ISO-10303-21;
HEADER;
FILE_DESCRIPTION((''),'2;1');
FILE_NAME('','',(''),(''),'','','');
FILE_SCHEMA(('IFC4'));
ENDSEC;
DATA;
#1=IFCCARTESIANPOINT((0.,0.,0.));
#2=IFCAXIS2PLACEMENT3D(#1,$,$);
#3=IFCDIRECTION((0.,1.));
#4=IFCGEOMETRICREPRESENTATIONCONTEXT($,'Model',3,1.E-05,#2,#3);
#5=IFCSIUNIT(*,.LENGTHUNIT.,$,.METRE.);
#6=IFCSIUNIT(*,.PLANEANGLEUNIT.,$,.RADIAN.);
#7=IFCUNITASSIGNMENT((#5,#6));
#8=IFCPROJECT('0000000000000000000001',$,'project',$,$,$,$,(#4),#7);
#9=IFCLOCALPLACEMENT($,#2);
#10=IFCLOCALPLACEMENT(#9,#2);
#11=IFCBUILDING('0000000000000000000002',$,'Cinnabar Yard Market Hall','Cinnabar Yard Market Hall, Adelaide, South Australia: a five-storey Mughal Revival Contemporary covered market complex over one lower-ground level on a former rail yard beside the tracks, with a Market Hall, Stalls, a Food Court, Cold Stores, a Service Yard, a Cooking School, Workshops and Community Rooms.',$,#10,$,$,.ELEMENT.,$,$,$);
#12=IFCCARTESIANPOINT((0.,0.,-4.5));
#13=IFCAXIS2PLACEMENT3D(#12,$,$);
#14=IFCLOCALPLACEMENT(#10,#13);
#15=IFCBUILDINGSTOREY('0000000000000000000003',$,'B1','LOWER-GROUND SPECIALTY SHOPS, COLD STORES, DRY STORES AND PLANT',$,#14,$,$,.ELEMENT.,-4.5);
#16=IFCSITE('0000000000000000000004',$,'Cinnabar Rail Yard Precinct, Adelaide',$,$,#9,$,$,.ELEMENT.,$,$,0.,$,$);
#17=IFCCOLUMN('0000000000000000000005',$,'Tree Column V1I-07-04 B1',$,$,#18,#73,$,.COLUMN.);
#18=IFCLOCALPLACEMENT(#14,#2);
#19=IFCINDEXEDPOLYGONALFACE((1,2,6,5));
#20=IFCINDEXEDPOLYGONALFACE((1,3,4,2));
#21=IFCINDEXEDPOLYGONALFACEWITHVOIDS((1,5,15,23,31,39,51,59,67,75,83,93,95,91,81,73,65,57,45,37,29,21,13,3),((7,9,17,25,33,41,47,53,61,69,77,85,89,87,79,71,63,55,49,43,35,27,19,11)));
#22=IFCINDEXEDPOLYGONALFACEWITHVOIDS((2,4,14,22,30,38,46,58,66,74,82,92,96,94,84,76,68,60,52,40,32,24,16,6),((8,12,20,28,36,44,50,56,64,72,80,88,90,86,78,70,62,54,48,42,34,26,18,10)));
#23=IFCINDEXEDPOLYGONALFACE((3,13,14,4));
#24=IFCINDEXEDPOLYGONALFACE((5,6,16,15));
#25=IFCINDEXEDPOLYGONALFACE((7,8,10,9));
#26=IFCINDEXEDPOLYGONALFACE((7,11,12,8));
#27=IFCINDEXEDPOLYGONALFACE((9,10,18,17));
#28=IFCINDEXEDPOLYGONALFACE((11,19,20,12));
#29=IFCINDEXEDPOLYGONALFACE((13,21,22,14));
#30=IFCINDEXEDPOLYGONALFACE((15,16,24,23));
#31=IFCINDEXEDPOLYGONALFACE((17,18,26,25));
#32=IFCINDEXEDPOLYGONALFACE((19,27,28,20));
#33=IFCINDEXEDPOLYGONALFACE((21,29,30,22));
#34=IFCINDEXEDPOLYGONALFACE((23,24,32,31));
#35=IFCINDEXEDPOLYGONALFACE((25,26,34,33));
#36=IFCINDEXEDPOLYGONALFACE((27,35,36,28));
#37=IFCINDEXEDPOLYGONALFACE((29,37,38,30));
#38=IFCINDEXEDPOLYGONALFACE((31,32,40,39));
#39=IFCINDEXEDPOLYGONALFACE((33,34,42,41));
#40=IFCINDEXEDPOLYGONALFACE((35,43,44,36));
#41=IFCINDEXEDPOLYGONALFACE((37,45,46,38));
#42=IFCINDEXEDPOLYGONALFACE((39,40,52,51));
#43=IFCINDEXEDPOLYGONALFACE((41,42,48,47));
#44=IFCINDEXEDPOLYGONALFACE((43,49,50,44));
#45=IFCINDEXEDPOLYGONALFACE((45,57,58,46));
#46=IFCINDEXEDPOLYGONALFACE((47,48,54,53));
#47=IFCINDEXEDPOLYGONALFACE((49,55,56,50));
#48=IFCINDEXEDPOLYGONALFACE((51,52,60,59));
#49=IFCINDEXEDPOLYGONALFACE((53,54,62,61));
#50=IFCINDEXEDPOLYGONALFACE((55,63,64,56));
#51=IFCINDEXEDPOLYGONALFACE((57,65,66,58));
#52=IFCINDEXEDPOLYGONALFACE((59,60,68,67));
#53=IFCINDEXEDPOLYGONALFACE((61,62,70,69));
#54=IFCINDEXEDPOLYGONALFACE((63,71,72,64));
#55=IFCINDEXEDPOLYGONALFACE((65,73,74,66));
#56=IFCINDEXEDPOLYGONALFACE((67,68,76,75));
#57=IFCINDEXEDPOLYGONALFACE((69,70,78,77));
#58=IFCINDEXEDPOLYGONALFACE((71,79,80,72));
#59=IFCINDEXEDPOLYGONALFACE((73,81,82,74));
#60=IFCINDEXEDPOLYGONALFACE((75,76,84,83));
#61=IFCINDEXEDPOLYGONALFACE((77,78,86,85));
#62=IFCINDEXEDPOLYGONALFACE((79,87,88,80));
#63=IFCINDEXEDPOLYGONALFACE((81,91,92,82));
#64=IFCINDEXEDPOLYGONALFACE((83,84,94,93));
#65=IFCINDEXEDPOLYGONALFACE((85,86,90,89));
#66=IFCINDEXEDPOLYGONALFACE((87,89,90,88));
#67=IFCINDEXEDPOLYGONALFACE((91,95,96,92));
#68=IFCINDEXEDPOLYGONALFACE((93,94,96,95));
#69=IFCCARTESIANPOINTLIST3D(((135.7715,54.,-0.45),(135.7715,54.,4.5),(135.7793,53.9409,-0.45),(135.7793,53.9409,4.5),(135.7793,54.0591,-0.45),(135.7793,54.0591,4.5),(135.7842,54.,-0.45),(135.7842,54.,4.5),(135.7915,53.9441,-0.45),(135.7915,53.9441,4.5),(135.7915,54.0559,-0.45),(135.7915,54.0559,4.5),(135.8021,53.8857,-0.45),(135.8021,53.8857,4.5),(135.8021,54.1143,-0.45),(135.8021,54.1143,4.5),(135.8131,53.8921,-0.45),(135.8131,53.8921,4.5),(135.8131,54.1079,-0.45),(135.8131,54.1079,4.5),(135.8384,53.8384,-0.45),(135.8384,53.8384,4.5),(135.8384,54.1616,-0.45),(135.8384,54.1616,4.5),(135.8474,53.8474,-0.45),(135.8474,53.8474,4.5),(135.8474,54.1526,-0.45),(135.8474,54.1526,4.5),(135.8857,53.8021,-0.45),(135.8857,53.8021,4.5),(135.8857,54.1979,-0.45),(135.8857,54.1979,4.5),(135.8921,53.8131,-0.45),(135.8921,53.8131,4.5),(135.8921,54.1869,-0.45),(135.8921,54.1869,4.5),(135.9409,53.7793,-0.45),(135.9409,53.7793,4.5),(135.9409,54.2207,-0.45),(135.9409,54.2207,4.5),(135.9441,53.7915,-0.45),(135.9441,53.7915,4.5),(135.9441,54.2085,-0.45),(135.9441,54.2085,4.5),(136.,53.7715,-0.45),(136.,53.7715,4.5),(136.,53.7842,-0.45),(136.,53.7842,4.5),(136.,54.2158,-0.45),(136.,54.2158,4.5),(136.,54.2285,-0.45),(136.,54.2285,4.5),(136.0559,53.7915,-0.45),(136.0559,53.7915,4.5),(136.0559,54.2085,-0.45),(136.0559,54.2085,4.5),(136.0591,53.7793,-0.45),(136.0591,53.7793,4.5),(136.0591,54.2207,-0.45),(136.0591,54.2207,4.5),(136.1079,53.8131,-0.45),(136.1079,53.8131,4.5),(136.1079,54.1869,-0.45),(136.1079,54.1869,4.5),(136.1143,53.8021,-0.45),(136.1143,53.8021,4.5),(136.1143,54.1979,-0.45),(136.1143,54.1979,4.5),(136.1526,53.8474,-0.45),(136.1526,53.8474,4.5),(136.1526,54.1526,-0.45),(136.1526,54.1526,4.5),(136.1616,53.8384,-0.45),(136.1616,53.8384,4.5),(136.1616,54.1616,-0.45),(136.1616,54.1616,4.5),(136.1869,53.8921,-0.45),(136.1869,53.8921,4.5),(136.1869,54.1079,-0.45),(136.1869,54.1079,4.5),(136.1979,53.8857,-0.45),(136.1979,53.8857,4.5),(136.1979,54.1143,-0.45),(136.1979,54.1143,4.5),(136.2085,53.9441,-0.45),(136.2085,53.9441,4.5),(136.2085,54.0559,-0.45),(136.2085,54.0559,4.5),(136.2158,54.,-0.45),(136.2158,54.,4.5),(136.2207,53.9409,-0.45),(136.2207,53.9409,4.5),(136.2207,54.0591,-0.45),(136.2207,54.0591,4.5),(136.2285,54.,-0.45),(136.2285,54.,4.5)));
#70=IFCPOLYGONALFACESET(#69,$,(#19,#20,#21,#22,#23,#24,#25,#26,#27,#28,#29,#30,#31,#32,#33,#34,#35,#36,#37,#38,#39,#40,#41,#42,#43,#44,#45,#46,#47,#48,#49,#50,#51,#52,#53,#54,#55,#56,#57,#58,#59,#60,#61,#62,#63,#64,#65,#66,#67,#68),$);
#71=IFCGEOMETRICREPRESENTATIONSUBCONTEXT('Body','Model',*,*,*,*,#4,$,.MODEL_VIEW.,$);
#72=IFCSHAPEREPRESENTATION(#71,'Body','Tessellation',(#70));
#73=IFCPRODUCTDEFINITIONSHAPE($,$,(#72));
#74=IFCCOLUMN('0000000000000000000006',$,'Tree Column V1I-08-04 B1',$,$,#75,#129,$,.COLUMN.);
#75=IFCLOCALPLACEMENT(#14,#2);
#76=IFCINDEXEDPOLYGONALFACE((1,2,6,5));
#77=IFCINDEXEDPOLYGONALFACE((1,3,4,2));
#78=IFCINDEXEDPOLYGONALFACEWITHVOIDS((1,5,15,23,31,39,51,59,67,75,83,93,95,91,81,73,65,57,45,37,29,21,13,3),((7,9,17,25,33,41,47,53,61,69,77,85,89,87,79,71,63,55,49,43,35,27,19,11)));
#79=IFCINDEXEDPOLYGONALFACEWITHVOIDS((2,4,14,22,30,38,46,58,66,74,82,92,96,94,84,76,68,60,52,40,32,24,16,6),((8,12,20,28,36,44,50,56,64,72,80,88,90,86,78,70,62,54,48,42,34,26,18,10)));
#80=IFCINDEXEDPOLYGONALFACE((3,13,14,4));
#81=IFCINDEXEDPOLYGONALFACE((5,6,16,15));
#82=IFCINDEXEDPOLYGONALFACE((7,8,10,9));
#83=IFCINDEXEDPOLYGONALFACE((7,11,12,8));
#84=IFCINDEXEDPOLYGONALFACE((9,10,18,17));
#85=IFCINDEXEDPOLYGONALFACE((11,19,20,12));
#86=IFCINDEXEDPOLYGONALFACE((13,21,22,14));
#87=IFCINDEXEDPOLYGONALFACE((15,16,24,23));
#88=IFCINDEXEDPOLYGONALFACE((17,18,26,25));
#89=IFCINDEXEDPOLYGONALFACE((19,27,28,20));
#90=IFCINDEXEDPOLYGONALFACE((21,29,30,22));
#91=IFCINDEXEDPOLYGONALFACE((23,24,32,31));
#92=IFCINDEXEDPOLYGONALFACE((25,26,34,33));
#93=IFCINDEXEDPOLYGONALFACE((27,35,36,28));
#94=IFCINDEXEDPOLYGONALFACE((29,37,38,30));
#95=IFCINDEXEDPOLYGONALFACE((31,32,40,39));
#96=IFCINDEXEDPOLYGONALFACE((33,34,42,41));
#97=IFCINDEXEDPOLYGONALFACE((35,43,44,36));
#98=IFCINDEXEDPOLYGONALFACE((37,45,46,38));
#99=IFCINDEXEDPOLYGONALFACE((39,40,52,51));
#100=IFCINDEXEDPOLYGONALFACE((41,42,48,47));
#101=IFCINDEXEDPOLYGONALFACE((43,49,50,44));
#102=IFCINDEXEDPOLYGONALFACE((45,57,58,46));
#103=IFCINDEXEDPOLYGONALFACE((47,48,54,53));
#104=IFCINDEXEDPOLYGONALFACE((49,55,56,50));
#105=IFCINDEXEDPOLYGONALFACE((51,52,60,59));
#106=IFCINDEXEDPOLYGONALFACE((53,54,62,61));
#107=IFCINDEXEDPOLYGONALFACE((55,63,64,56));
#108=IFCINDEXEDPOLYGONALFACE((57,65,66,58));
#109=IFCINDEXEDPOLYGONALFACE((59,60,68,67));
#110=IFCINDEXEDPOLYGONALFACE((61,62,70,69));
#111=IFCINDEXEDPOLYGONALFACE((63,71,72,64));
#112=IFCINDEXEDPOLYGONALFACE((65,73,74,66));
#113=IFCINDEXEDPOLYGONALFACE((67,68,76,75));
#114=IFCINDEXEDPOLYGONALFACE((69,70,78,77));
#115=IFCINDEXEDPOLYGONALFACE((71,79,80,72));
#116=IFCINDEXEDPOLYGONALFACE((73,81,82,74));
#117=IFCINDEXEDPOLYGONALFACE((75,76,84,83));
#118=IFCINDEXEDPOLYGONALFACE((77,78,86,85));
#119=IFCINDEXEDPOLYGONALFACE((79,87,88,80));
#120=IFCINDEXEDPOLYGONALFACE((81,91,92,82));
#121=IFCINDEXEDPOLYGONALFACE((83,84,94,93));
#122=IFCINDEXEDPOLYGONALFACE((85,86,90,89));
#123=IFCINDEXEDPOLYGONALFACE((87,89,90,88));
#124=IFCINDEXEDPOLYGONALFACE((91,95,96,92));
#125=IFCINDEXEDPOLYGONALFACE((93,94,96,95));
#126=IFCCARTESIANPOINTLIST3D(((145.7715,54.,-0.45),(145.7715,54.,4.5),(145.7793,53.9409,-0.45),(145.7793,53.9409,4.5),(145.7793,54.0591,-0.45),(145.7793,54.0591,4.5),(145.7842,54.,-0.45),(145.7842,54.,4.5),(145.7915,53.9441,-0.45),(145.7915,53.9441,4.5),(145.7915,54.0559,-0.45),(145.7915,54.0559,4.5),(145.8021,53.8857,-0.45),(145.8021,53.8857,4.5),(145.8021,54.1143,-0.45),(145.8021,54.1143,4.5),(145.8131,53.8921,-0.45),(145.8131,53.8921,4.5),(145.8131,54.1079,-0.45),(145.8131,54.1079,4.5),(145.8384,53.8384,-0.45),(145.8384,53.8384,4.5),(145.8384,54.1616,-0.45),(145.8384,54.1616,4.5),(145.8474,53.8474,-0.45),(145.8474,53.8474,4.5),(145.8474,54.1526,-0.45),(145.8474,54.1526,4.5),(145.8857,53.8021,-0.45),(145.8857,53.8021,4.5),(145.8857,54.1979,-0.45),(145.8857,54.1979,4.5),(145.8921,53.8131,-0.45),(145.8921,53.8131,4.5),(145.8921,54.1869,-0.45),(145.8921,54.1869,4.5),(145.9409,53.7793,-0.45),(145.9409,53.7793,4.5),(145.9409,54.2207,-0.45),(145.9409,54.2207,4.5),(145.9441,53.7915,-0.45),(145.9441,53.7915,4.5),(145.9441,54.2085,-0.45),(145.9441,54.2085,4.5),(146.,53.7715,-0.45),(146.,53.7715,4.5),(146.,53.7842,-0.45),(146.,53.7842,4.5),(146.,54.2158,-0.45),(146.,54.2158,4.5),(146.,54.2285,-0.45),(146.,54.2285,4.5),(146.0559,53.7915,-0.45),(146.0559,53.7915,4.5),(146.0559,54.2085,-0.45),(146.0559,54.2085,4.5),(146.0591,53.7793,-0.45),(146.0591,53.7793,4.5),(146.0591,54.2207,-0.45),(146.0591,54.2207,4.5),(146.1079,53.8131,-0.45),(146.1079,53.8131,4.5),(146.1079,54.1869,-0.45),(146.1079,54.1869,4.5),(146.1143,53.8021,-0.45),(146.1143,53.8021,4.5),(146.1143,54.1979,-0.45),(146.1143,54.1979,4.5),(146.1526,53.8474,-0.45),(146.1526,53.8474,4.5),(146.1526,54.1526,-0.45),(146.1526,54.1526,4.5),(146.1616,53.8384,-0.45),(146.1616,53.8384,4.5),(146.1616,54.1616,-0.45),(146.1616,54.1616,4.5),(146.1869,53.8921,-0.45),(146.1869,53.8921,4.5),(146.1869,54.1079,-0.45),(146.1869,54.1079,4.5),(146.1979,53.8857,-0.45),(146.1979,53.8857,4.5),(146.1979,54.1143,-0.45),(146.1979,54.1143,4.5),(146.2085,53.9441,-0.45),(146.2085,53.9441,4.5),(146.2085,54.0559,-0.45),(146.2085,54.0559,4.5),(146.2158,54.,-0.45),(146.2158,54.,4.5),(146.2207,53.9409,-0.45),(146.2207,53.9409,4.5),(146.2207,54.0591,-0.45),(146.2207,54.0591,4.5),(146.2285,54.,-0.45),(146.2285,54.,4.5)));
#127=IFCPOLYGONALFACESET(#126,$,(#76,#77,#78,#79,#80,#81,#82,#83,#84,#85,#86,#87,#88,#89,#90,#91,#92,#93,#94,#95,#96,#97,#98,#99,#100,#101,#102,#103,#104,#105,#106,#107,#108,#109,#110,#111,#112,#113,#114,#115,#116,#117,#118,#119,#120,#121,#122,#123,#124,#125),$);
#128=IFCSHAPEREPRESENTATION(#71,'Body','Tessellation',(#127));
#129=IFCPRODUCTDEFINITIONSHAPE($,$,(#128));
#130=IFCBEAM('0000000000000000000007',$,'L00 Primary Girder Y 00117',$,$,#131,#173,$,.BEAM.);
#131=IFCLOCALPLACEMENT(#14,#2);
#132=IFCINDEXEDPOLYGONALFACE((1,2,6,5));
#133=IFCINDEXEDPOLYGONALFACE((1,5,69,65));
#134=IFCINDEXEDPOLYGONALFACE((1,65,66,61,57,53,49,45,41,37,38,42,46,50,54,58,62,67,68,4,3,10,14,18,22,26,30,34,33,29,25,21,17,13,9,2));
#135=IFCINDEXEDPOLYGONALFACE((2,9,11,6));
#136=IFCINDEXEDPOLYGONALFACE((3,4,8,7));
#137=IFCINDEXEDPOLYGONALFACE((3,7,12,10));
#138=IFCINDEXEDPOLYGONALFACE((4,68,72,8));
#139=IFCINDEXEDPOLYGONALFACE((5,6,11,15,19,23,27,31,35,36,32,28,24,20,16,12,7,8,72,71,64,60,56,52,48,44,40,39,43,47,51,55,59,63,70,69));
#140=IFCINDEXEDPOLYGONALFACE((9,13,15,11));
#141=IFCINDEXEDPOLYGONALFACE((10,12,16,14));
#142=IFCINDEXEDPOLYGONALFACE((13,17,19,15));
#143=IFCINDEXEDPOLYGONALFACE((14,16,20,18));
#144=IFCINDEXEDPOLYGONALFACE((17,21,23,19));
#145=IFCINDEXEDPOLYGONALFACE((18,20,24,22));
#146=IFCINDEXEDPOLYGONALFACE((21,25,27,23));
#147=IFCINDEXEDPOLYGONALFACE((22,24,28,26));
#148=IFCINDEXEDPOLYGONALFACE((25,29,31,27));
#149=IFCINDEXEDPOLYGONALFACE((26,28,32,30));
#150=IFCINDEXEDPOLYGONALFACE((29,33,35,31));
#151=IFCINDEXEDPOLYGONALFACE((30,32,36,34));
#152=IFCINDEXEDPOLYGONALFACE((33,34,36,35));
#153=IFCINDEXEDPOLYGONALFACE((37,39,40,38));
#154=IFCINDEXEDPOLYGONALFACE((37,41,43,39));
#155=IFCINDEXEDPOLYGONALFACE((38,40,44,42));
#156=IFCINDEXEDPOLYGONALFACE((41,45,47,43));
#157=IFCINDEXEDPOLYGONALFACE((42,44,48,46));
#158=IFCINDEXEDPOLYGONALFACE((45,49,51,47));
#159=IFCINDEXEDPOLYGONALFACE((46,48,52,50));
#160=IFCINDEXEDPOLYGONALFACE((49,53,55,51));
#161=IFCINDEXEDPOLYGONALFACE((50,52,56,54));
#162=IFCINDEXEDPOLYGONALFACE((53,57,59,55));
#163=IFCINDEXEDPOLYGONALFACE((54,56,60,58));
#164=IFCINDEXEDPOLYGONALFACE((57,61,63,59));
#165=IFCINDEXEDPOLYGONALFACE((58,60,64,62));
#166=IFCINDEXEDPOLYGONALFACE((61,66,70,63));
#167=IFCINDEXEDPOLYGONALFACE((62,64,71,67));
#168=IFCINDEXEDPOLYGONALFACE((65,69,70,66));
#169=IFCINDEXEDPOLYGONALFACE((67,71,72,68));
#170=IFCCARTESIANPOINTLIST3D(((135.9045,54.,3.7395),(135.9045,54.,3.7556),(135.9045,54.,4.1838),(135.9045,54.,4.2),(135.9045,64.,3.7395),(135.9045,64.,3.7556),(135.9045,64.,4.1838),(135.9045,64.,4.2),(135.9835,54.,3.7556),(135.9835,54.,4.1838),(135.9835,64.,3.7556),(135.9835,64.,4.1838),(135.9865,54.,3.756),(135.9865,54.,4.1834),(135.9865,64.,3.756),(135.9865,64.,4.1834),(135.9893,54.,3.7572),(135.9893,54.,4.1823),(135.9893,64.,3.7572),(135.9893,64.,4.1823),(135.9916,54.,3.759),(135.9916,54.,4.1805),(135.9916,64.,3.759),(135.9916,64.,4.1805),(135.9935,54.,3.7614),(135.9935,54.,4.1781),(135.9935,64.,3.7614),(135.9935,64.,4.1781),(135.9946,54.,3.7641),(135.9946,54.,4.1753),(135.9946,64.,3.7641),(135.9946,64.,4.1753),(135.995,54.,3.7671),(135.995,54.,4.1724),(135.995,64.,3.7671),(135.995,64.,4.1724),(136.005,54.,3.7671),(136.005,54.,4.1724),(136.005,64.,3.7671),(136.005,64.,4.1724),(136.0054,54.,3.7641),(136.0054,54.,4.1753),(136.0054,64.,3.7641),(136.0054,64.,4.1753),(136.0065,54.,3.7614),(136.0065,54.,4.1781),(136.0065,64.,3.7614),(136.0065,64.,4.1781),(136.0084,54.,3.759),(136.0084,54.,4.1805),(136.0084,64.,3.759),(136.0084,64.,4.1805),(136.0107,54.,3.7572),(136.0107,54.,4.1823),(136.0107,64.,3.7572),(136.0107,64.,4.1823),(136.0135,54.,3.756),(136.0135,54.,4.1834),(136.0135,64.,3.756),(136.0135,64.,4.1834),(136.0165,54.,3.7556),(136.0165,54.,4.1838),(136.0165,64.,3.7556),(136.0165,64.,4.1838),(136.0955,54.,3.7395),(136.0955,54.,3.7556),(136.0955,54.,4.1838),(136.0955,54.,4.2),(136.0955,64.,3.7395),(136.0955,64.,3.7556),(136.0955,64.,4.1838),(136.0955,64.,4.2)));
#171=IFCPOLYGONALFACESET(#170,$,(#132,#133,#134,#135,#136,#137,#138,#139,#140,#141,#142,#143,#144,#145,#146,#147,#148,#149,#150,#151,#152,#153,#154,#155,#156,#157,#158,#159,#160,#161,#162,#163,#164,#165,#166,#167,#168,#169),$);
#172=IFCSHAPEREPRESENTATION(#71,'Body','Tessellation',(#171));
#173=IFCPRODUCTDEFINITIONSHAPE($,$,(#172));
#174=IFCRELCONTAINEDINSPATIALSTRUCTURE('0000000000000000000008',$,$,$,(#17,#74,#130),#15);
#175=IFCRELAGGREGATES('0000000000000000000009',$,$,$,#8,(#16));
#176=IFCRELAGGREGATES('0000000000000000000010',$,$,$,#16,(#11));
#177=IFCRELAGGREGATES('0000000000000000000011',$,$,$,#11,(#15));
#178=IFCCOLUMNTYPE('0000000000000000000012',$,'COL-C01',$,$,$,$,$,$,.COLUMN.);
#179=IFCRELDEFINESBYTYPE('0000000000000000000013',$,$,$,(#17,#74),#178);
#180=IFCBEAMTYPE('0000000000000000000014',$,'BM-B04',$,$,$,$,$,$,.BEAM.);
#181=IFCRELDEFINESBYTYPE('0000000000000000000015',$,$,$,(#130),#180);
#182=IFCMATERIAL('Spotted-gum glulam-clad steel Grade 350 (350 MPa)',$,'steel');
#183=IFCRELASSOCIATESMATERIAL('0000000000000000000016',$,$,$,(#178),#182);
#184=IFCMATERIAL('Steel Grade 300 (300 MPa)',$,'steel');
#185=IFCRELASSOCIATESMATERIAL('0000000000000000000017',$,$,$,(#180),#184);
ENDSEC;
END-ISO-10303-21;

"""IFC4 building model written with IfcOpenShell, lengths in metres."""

from ifc_helpers import new_model, si_unit, direction, frame, origin, origin_2d_with_axis, place, context, subcontext, project, spatial, hollow_circle, i_section, extrude, material, material_profile, profile_set, type_object, element, save


model = new_model("IFC4")

# Units and contexts
model_context = context("Model", 3, precision=1e-05, world=origin(), true_north=direction((0.0, 1.0)))
body_context = subcontext(model_context, "Body", "Model", "MODEL_VIEW")
ifc_project = project(units=[si_unit("LENGTHUNIT", "METRE"), si_unit("PLANEANGLEUNIT", "RADIAN")], contexts=[model_context])

# Site, building, storey
site_placement = place(None, origin())
site = spatial("IfcSite", under=ifc_project, at=site_placement, Name="Cinnabar Rail Yard Precinct, Adelaide", CompositionType="ELEMENT", RefElevation=0.0)
building_placement = place(site_placement, origin())
building = spatial("IfcBuilding", under=site, at=building_placement, Name="Cinnabar Yard Market Hall", Description="Cinnabar Yard Market Hall, Adelaide, South Australia: a five-storey Mughal Revival Contemporary covered market complex over one lower-ground level on a former rail yard beside the tracks, with a Market Hall, Stalls, a Food Court, Cold Stores, a Service Yard, a Cooking School, Workshops and Community Rooms.", CompositionType="ELEMENT")
storey_placement = place(building_placement, frame((0.0, 0.0, -4.5)))
storey = spatial("IfcBuildingStorey", under=building, at=storey_placement, Name="B1", Description="LOWER-GROUND SPECIALTY SHOPS, COLD STORES, DRY STORES AND PLANT", CompositionType="ELEMENT", Elevation=-4.5)

# Columns
ifc_material_1 = material(Name="Spotted-gum glulam-clad steel Grade 350 (350 MPa)", Category="steel")
ifc_material_profile_1 = material_profile(ifc_material_1, hollow_circle(Radius=0.2285, WallThickness=0.0127, at=origin_2d_with_axis()), Name="457.0x12.7CHS")
ifc_profile_set_1 = profile_set([ifc_material_profile_1], Name="Spotted-gum glulam-clad steel Grade 350 (350 MPa)")
column_type = type_object("IfcColumnType", Name="COL-C01", PredefinedType="COLUMN", material=ifc_profile_set_1)
for number, where, z_axis, x_axis, name in (
    (1, (136.0, 54.0, -0.45), (0.0, 0.0, 1.0), (1.0, 0.0, 0.0), "Tree Column V1I-07-04 B1"),
    (2, (146.0, 54.0, -0.45), (0.0, 0.0, 1.0), (1.0, 0.0, 0.0), "Tree Column V1I-08-04 B1"),
):
    element("IfcColumn", number, at=place(storey_placement, frame(where, z_axis=z_axis, x_axis=x_axis)), inside=storey, type_object=column_type, Name=name, PredefinedType="COLUMN", context=body_context, shape_type="SweptSolid", body=[
        extrude(hollow_circle(Radius=0.2285, WallThickness=0.0127, at=origin_2d_with_axis()), origin(), (0.0, 0.0, 1.0), 4.95),
    ])

# Beam
ifc_material_2 = material(Name="Steel Grade 300 (300 MPa)", Category="steel")
ifc_material_profile_2 = material_profile(ifc_material_2, i_section(OverallWidth=0.1909, OverallDepth=0.4604, WebThickness=0.01, FlangeThickness=0.0161, FilletRadius=0.0115, at=origin_2d_with_axis()), Name="460UB82.1")
ifc_profile_set_2 = profile_set([ifc_material_profile_2], Name="Steel Grade 300 (300 MPa)")
beam_type_1 = type_object("IfcBeamType", Name="BM-B04", PredefinedType="BEAM", material=ifc_profile_set_2)
for number, where, z_axis, x_axis, name in (
    (3, (136.0, 54.0, 3.9697), (0.0, 1.0, 0.0), (-1.0, 0.0, 0.0), "L00 Primary Girder Y 00117"),
):
    element("IfcBeam", number, at=place(storey_placement, frame(where, z_axis=z_axis, x_axis=x_axis)), inside=storey, type_object=beam_type_1, Name=name, PredefinedType="BEAM", context=body_context, shape_type="SweptSolid", body=[
        extrude(i_section(OverallWidth=0.1909, OverallDepth=0.4604, WebThickness=0.01, FlangeThickness=0.0161, FilletRadius=0.0115, at=origin_2d_with_axis()), origin(), (0.0, 0.0, 1.0), 10.0),
    ])

save(model, "model.ifc")
